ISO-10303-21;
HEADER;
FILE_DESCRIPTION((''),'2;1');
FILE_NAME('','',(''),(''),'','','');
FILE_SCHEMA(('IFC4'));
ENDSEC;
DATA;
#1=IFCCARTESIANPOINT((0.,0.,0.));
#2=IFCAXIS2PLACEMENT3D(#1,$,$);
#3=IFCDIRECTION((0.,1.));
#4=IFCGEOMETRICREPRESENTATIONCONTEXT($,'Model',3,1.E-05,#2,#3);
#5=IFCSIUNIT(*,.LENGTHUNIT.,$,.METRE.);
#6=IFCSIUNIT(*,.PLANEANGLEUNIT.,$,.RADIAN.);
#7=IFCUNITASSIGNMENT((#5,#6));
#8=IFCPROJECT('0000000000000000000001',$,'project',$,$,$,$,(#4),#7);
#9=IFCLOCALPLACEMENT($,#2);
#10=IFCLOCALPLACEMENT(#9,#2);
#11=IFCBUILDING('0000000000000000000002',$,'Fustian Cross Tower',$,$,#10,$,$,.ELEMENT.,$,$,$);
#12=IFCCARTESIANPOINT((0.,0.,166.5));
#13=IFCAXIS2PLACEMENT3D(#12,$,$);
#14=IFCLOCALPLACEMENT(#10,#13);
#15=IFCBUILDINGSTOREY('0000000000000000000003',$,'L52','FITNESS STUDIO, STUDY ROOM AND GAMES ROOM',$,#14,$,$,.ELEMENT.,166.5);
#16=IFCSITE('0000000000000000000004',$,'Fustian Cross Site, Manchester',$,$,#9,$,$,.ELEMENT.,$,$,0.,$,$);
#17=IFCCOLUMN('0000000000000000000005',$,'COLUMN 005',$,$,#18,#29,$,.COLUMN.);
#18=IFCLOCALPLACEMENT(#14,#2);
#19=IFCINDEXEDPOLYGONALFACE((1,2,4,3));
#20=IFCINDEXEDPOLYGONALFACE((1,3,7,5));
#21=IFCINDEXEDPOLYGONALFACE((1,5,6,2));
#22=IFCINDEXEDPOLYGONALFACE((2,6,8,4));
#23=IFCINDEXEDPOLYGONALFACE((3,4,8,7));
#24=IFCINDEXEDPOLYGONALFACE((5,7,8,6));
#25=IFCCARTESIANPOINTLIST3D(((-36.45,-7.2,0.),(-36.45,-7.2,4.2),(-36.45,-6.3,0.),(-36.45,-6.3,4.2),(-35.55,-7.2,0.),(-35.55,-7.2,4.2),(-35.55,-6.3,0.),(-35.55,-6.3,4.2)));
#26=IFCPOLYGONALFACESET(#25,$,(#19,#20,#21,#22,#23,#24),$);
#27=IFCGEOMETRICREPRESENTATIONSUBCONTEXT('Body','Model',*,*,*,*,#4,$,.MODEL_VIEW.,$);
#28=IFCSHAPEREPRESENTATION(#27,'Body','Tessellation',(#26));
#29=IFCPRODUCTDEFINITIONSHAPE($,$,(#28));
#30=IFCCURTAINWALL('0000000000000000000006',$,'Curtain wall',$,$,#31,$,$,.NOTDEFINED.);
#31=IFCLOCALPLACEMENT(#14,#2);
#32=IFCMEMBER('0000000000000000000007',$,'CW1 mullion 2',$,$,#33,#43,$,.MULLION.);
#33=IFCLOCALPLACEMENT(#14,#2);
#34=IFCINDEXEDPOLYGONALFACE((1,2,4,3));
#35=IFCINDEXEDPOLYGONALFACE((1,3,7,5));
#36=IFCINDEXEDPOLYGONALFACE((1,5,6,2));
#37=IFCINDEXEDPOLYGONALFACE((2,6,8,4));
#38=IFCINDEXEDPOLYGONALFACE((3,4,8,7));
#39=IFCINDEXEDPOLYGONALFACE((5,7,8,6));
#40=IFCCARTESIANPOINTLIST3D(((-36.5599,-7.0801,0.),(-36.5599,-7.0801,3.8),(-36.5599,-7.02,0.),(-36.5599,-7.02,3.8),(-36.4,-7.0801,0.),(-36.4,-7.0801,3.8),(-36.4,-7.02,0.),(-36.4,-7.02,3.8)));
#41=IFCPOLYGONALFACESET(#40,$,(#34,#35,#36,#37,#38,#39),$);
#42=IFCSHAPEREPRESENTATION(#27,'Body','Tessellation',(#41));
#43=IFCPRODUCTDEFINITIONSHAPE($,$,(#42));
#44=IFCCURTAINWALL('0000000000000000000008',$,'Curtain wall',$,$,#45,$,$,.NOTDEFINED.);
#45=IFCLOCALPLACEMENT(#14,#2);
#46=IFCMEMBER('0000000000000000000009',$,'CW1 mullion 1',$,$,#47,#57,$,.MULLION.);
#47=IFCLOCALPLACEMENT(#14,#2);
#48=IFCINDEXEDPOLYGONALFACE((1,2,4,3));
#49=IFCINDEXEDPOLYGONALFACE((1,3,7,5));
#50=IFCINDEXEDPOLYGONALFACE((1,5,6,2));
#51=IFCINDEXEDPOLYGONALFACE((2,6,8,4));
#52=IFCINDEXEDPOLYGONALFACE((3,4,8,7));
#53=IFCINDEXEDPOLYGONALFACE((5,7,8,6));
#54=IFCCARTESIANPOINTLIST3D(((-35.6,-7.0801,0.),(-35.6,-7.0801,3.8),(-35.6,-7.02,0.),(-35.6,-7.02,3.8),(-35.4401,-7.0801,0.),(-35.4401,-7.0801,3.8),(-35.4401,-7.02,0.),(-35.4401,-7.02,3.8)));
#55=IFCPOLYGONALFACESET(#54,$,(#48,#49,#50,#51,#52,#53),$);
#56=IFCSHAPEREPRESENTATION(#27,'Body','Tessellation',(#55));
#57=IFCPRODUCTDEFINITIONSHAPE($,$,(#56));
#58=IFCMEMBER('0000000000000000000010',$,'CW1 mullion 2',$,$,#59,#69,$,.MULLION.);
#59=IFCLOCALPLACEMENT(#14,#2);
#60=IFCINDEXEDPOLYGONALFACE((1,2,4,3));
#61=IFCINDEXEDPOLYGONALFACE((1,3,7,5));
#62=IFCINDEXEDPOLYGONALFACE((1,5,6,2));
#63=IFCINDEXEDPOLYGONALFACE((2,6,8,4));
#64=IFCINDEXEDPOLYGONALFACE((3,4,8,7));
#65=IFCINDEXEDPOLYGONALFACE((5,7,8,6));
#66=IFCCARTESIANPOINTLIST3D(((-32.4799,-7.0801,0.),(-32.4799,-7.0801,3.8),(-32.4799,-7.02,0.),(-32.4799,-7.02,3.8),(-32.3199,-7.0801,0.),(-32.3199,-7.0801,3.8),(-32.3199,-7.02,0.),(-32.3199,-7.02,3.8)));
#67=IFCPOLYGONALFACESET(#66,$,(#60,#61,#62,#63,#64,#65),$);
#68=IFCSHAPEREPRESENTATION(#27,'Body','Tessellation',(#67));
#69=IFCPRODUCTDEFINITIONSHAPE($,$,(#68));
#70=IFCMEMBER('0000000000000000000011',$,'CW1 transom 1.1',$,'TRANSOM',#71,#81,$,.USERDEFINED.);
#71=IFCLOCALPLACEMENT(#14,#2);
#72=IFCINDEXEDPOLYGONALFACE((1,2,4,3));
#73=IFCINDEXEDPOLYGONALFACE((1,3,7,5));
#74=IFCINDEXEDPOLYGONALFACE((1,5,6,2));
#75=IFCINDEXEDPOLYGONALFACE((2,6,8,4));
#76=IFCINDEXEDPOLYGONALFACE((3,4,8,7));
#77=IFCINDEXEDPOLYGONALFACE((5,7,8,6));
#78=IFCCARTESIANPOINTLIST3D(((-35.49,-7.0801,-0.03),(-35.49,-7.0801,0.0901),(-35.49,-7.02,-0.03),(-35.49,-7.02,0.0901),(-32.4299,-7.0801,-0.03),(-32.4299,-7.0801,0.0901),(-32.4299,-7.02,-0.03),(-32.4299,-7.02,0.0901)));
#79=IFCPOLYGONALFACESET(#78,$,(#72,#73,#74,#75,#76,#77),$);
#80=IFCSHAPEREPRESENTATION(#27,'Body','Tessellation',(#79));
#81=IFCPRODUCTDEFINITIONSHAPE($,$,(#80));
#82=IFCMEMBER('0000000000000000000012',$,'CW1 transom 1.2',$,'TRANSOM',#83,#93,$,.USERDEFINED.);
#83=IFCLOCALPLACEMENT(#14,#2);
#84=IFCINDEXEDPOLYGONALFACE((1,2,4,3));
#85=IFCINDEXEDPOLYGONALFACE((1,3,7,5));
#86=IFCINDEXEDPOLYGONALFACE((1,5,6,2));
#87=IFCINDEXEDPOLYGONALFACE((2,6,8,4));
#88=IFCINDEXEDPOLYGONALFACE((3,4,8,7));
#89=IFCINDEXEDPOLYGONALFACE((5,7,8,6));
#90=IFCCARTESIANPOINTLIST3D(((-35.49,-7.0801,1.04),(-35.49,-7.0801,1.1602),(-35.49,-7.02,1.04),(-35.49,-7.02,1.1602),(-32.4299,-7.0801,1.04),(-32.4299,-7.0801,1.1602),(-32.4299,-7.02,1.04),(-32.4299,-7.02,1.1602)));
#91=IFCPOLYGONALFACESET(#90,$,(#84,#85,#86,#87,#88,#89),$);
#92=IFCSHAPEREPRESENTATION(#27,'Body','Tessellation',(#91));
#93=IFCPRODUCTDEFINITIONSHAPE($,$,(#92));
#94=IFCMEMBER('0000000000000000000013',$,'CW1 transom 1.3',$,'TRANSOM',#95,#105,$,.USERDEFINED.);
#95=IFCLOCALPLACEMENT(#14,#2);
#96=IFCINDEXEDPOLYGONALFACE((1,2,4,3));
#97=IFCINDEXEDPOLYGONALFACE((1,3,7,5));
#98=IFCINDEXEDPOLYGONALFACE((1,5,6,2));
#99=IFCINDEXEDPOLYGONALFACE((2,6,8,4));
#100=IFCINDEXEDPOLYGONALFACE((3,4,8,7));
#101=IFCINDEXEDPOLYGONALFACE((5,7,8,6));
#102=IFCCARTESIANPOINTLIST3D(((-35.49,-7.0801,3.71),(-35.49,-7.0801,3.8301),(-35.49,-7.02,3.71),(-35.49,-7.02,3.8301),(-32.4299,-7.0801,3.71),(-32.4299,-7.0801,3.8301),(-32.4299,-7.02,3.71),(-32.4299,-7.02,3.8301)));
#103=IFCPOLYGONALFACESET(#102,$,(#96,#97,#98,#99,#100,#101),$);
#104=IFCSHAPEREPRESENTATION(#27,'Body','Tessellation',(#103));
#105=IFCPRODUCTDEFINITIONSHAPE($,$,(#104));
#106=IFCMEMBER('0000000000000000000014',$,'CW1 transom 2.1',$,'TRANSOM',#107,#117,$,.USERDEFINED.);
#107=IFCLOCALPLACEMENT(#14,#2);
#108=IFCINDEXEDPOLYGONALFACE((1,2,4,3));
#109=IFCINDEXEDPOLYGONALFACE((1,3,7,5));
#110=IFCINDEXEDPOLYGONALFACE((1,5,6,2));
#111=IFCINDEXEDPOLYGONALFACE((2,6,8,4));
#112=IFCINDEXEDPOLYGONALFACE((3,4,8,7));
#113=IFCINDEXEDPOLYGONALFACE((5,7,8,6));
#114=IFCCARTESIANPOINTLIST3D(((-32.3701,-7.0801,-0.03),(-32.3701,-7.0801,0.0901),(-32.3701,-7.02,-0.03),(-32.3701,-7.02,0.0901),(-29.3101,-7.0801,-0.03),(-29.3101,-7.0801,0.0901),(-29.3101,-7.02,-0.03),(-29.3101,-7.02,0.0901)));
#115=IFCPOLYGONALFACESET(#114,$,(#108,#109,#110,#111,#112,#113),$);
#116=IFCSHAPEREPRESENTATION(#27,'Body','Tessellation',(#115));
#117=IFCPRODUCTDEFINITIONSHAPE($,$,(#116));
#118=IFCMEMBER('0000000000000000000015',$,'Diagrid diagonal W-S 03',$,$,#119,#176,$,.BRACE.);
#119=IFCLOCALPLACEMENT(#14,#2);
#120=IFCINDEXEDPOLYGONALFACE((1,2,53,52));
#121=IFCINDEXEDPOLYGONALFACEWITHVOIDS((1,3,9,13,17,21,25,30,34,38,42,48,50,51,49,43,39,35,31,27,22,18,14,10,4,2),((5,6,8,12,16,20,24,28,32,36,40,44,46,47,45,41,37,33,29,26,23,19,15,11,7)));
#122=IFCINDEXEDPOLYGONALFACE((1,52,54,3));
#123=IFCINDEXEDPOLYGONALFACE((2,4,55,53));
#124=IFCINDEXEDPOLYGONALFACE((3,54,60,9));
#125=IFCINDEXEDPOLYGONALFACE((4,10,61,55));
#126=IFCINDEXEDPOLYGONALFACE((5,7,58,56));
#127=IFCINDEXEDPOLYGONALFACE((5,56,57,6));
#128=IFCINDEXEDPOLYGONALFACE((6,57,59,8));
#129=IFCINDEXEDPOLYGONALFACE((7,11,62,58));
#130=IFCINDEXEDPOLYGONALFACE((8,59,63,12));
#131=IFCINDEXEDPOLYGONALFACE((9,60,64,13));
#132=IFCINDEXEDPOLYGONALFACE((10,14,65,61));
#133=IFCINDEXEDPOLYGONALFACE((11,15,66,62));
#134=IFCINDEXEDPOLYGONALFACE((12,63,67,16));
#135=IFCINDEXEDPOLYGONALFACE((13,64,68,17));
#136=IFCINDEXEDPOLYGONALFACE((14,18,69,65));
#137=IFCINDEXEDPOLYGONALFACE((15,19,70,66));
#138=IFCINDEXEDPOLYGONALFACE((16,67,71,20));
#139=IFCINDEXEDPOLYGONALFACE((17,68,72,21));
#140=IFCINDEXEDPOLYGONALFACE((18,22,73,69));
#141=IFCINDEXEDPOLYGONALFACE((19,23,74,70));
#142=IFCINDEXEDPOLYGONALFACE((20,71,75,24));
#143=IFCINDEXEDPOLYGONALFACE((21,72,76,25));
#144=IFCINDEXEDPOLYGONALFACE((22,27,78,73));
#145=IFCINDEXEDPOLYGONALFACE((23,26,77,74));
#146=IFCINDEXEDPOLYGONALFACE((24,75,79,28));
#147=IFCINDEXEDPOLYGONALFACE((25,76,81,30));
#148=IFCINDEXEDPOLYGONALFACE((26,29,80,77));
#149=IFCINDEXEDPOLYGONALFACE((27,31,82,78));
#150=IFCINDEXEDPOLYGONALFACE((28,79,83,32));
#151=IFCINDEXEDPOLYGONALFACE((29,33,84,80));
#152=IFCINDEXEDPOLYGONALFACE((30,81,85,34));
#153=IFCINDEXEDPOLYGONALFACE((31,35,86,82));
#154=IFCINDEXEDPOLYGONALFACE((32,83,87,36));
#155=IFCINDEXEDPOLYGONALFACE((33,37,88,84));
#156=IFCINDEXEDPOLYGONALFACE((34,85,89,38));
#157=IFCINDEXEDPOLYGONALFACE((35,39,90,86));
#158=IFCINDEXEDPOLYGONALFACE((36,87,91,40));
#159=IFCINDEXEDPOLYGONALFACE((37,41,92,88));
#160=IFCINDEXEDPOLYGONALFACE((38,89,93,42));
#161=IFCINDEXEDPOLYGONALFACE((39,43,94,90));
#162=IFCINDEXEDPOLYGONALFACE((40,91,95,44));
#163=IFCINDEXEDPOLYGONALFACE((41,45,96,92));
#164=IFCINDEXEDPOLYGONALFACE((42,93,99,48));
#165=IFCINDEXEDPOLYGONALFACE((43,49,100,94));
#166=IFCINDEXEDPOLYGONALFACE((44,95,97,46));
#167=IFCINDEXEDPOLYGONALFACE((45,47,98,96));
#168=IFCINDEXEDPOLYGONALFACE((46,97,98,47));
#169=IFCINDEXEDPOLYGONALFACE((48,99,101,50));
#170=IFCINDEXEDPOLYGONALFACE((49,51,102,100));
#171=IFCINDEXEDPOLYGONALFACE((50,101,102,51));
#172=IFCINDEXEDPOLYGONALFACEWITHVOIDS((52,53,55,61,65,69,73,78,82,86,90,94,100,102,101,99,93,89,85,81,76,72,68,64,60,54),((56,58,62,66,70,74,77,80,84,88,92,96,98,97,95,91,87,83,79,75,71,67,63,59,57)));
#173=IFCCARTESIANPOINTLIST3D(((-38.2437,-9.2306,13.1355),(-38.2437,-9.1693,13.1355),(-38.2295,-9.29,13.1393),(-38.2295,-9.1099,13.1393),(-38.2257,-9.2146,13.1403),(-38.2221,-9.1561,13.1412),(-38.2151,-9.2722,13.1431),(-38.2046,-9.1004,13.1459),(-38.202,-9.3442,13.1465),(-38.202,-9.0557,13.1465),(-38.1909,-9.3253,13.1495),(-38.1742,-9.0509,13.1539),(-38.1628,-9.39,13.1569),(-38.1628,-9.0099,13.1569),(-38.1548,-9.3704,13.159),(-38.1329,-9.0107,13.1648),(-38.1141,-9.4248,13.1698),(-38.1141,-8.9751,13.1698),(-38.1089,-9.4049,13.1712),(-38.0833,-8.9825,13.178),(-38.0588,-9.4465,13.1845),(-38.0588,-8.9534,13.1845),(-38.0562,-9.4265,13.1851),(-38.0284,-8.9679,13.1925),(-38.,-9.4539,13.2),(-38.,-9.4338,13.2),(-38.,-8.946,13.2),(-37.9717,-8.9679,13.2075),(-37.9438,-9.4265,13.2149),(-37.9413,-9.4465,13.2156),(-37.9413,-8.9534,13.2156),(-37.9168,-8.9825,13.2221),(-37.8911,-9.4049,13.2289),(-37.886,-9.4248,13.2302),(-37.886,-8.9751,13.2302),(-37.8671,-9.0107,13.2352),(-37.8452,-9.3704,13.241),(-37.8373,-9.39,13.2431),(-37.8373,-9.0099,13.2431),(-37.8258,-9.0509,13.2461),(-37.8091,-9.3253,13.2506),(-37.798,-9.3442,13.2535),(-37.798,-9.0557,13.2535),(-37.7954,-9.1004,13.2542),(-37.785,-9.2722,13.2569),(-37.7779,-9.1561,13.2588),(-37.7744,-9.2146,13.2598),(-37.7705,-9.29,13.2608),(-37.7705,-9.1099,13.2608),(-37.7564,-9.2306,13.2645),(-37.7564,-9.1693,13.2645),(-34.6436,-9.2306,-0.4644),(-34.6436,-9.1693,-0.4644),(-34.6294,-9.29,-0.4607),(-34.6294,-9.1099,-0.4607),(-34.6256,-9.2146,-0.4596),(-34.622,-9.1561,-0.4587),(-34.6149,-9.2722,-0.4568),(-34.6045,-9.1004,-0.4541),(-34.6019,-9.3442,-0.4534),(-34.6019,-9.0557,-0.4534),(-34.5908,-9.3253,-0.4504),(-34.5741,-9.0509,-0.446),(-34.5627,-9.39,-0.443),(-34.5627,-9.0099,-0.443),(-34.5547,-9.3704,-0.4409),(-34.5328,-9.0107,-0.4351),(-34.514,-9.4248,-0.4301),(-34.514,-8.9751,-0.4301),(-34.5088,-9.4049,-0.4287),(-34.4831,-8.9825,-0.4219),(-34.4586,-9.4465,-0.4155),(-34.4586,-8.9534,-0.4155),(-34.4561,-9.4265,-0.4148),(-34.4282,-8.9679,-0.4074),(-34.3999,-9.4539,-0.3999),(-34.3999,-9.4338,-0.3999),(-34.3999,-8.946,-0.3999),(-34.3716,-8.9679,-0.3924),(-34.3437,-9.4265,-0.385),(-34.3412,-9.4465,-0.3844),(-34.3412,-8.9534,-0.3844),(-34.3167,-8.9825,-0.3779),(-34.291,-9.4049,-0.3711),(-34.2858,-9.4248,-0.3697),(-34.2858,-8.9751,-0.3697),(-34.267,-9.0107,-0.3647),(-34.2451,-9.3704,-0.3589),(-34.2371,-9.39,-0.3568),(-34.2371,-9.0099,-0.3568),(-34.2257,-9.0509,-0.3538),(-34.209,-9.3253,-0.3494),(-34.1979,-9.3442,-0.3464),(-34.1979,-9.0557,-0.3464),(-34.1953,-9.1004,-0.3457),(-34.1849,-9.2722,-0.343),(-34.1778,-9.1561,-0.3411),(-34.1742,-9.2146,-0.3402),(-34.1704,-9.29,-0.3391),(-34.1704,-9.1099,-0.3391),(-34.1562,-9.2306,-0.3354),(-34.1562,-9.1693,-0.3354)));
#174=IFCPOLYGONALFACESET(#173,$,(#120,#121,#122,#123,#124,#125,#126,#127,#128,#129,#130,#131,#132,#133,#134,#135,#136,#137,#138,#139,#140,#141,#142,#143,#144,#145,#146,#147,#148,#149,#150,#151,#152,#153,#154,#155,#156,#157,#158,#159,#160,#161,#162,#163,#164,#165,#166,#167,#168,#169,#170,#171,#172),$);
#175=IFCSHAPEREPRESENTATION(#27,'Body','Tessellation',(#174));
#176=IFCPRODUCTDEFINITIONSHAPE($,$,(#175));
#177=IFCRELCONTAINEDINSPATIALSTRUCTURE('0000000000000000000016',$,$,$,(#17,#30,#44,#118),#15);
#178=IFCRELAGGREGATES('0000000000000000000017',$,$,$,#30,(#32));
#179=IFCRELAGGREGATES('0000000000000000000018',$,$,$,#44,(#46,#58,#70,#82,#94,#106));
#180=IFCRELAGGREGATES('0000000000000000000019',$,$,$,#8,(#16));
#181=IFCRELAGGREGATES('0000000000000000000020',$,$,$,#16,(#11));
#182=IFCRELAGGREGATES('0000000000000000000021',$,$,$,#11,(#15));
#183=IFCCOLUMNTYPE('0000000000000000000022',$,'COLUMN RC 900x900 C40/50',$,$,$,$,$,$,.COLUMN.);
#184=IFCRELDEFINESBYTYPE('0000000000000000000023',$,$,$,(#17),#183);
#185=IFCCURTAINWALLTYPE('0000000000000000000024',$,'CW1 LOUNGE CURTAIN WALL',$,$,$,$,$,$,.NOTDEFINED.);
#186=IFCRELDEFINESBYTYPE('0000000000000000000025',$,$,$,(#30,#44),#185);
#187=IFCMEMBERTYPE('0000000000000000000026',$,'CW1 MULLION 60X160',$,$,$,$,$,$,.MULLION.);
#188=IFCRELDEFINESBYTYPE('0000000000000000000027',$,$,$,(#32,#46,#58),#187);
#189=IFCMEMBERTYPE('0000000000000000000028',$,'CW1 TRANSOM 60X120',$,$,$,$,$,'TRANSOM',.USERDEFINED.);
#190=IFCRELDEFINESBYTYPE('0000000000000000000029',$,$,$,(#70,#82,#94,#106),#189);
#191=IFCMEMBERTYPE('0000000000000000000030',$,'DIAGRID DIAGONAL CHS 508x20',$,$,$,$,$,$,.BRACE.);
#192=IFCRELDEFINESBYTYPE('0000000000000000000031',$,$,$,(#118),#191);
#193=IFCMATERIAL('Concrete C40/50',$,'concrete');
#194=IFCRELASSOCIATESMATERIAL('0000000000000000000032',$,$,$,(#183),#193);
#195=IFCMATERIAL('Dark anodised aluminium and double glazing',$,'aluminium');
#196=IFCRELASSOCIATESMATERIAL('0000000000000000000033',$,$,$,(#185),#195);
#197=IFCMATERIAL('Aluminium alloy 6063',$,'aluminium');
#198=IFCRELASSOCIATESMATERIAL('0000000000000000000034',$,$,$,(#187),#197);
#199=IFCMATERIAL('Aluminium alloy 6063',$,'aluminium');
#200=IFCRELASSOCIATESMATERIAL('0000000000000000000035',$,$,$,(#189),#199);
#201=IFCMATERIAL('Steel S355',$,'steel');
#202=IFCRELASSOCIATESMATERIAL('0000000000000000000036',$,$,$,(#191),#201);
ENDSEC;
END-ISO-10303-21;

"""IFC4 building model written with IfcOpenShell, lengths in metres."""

from ifc_helpers import new_model, si_unit, direction, frame, origin, origin_2d, place, context, subcontext, project, spatial, rectangle, hollow_circle, extrude, material, material_profile, profile_set, type_object, element, aggregate, save


model = new_model("IFC4")

# Units and contexts
model_context = context("Model", 3, precision=1e-05, world=origin(), true_north=direction((0.0, 1.0)))
body_context = subcontext(model_context, "Body", "Model", "MODEL_VIEW")
ifc_project = project(units=[si_unit("LENGTHUNIT", "METRE"), si_unit("PLANEANGLEUNIT", "RADIAN")], contexts=[model_context])

# Site, building, storey
site_placement = place(None, origin())
site = spatial("IfcSite", under=ifc_project, at=site_placement, Name="Fustian Cross Site, Manchester", CompositionType="ELEMENT", RefElevation=0.0)
building_placement = place(site_placement, origin())
building = spatial("IfcBuilding", under=site, at=building_placement, Name="Fustian Cross Tower", CompositionType="ELEMENT")
storey_placement = place(building_placement, frame((0.0, 0.0, 166.5)))
storey = spatial("IfcBuildingStorey", under=building, at=storey_placement, Name="L52", Description="FITNESS STUDIO, STUDY ROOM AND GAMES ROOM", CompositionType="ELEMENT", Elevation=166.5)

# Column
ifc_material_1 = material(Name="Concrete C40/50", Category="concrete")
ifc_material_profile_1 = material_profile(ifc_material_1, rectangle(XDim=0.8999, YDim=0.8999, at=origin_2d()), Name="RC 900x900")
ifc_profile_set_1 = profile_set([ifc_material_profile_1], Name="Concrete C40/50")
column_type = type_object("IfcColumnType", Name="COLUMN RC 900x900 C40/50", PredefinedType="COLUMN", material=ifc_profile_set_1)
column_placement = place(storey_placement, frame((-36.0, -6.75, 0.0), z_axis=(0.0, 0.0, 1.0), x_axis=(1.0, 0.0, 0.0)))
element("IfcColumn", 1, at=column_placement, inside=storey, type_object=column_type, Name="COLUMN 005", PredefinedType="COLUMN", context=body_context, shape_type="SweptSolid", body=[
    extrude(rectangle(XDim=0.8999, YDim=0.8999, at=origin_2d()), origin(), (0.0, 0.0, 1.0), 4.2),
])

# Curtain wall, member
ifc_material_2 = material(Name="Dark anodised aluminium and double glazing", Category="aluminium")
curtain_wall_type = type_object("IfcCurtainWallType", Name="CW1 LOUNGE CURTAIN WALL", PredefinedType="NOTDEFINED", material=ifc_material_2)
curtain_wall_1_placement = place(storey_placement, origin())
curtain_wall_1 = element("IfcCurtainWall", 2, at=curtain_wall_1_placement, inside=storey, type_object=curtain_wall_type, Name="Curtain wall", PredefinedType="NOTDEFINED")
ifc_material_3 = material(Name="Aluminium alloy 6063", Category="aluminium")
ifc_material_profile_2 = material_profile(ifc_material_3, rectangle(XDim=0.0601, YDim=0.1599, at=origin_2d()), Name="CW1 MULLION 60X160")
ifc_profile_set_2 = profile_set([ifc_material_profile_2], Name="Aluminium alloy 6063")
member_type_1 = type_object("IfcMemberType", Name="CW1 MULLION 60X160", PredefinedType="MULLION", material=ifc_profile_set_2)
member_1_placement = place(storey_placement, frame((-36.48, -7.05, 0.0), z_axis=(0.0, 0.0, 1.0), x_axis=(0.0, 1.0, 0.0)))
member_1 = element("IfcMember", 3, at=member_1_placement, type_object=member_type_1, Name="CW1 mullion 2", PredefinedType="MULLION", context=body_context, shape_type="SweptSolid", body=[
    extrude(rectangle(XDim=0.0601, YDim=0.1599, at=origin_2d()), origin(), (0.0, 0.0, 1.0), 3.8),
])

# Curtain wall, members
curtain_wall_2_placement = place(storey_placement, origin())
curtain_wall_2 = element("IfcCurtainWall", 4, at=curtain_wall_2_placement, inside=storey, type_object=curtain_wall_type, Name="Curtain wall", PredefinedType="NOTDEFINED")
member_2_placement = place(storey_placement, frame((-35.52, -7.05, 0.0), z_axis=(0.0, 0.0, 1.0), x_axis=(0.0, 1.0, 0.0)))
member_2 = element("IfcMember", 5, at=member_2_placement, type_object=member_type_1, Name="CW1 mullion 1", PredefinedType="MULLION", context=body_context, shape_type="SweptSolid", body=[
    extrude(rectangle(XDim=0.0601, YDim=0.1599, at=origin_2d()), origin(), (0.0, 0.0, 1.0), 3.8),
])
member_3_placement = place(storey_placement, frame((-32.3999, -7.05, 0.0), z_axis=(0.0, 0.0, 1.0), x_axis=(0.0, 1.0, 0.0)))
member_3 = element("IfcMember", 6, at=member_3_placement, type_object=member_type_1, Name="CW1 mullion 2", PredefinedType="MULLION", context=body_context, shape_type="SweptSolid", body=[
    extrude(rectangle(XDim=0.0601, YDim=0.1599, at=origin_2d()), origin(), (0.0, 0.0, 1.0), 3.8),
])
ifc_material_4 = material(Name="Aluminium alloy 6063", Category="aluminium")
ifc_material_profile_3 = material_profile(ifc_material_4, rectangle(XDim=0.0601, YDim=0.1201, at=origin_2d()), Name="CW1 TRANSOM 60X120")
ifc_profile_set_3 = profile_set([ifc_material_profile_3], Name="Aluminium alloy 6063")
member_type_2 = type_object("IfcMemberType", Name="CW1 TRANSOM 60X120", ElementType="TRANSOM", PredefinedType="USERDEFINED", material=ifc_profile_set_3)
member_4_placement = place(storey_placement, frame((-35.49, -7.05, 0.03), z_axis=(1.0, 0.0, 0.0), x_axis=(0.0, 1.0, 0.0)))
member_4 = element("IfcMember", 7, at=member_4_placement, type_object=member_type_2, Name="CW1 transom 1.1", ObjectType="TRANSOM", PredefinedType="USERDEFINED", context=body_context, shape_type="SweptSolid", body=[
    extrude(rectangle(XDim=0.0601, YDim=0.1201, at=origin_2d()), origin(), (0.0, 0.0, 1.0), 3.0601),
])
member_5_placement = place(storey_placement, frame((-35.49, -7.05, 1.1001), z_axis=(1.0, 0.0, 0.0), x_axis=(0.0, 1.0, 0.0)))
member_5 = element("IfcMember", 8, at=member_5_placement, type_object=member_type_2, Name="CW1 transom 1.2", ObjectType="TRANSOM", PredefinedType="USERDEFINED", context=body_context, shape_type="SweptSolid", body=[
    extrude(rectangle(XDim=0.0601, YDim=0.1201, at=origin_2d()), origin(), (0.0, 0.0, 1.0), 3.0601),
])
member_6_placement = place(storey_placement, frame((-35.49, -7.05, 3.77), z_axis=(1.0, 0.0, 0.0), x_axis=(0.0, 1.0, 0.0)))
member_6 = element("IfcMember", 9, at=member_6_placement, type_object=member_type_2, Name="CW1 transom 1.3", ObjectType="TRANSOM", PredefinedType="USERDEFINED", context=body_context, shape_type="SweptSolid", body=[
    extrude(rectangle(XDim=0.0601, YDim=0.1201, at=origin_2d()), origin(), (0.0, 0.0, 1.0), 3.0601),
])
member_7_placement = place(storey_placement, frame((-32.3701, -7.05, 0.03), z_axis=(1.0, 0.0, 0.0), x_axis=(0.0, 1.0, 0.0)))
member_7 = element("IfcMember", 10, at=member_7_placement, type_object=member_type_2, Name="CW1 transom 2.1", ObjectType="TRANSOM", PredefinedType="USERDEFINED", context=body_context, shape_type="SweptSolid", body=[
    extrude(rectangle(XDim=0.0601, YDim=0.1201, at=origin_2d()), origin(), (0.0, 0.0, 1.0), 3.0601),
])

# Member
ifc_material_5 = material(Name="Steel S355", Category="steel")
ifc_material_profile_4 = material_profile(ifc_material_5, hollow_circle(Radius=0.2539, WallThickness=0.02, at=origin_2d()), Name="CHS 508x20")
ifc_profile_set_4 = profile_set([ifc_material_profile_4], Name="Steel S355")
member_type_3 = type_object("IfcMemberType", Name="DIAGRID DIAGONAL CHS 508x20", PredefinedType="BRACE", material=ifc_profile_set_4)
member_8_placement = place(storey_placement, frame((-34.3999, -9.2, -0.3999), z_axis=(-0.255902, 0.0, 0.966703), x_axis=(0.0, -1.0, 0.0)))
element("IfcMember", 11, at=member_8_placement, inside=storey, type_object=member_type_3, Name="Diagrid diagonal W-S 03", PredefinedType="BRACE", context=body_context, shape_type="SweptSolid", body=[
    extrude(hollow_circle(Radius=0.2539, WallThickness=0.02, at=origin_2d()), origin(), (0.0, 0.0, 1.0), 14.0684),
])

aggregate(curtain_wall_1, [member_1])
aggregate(curtain_wall_2, [member_2, member_3, member_4, member_5, member_6, member_7])

save(model, "model.ifc")
